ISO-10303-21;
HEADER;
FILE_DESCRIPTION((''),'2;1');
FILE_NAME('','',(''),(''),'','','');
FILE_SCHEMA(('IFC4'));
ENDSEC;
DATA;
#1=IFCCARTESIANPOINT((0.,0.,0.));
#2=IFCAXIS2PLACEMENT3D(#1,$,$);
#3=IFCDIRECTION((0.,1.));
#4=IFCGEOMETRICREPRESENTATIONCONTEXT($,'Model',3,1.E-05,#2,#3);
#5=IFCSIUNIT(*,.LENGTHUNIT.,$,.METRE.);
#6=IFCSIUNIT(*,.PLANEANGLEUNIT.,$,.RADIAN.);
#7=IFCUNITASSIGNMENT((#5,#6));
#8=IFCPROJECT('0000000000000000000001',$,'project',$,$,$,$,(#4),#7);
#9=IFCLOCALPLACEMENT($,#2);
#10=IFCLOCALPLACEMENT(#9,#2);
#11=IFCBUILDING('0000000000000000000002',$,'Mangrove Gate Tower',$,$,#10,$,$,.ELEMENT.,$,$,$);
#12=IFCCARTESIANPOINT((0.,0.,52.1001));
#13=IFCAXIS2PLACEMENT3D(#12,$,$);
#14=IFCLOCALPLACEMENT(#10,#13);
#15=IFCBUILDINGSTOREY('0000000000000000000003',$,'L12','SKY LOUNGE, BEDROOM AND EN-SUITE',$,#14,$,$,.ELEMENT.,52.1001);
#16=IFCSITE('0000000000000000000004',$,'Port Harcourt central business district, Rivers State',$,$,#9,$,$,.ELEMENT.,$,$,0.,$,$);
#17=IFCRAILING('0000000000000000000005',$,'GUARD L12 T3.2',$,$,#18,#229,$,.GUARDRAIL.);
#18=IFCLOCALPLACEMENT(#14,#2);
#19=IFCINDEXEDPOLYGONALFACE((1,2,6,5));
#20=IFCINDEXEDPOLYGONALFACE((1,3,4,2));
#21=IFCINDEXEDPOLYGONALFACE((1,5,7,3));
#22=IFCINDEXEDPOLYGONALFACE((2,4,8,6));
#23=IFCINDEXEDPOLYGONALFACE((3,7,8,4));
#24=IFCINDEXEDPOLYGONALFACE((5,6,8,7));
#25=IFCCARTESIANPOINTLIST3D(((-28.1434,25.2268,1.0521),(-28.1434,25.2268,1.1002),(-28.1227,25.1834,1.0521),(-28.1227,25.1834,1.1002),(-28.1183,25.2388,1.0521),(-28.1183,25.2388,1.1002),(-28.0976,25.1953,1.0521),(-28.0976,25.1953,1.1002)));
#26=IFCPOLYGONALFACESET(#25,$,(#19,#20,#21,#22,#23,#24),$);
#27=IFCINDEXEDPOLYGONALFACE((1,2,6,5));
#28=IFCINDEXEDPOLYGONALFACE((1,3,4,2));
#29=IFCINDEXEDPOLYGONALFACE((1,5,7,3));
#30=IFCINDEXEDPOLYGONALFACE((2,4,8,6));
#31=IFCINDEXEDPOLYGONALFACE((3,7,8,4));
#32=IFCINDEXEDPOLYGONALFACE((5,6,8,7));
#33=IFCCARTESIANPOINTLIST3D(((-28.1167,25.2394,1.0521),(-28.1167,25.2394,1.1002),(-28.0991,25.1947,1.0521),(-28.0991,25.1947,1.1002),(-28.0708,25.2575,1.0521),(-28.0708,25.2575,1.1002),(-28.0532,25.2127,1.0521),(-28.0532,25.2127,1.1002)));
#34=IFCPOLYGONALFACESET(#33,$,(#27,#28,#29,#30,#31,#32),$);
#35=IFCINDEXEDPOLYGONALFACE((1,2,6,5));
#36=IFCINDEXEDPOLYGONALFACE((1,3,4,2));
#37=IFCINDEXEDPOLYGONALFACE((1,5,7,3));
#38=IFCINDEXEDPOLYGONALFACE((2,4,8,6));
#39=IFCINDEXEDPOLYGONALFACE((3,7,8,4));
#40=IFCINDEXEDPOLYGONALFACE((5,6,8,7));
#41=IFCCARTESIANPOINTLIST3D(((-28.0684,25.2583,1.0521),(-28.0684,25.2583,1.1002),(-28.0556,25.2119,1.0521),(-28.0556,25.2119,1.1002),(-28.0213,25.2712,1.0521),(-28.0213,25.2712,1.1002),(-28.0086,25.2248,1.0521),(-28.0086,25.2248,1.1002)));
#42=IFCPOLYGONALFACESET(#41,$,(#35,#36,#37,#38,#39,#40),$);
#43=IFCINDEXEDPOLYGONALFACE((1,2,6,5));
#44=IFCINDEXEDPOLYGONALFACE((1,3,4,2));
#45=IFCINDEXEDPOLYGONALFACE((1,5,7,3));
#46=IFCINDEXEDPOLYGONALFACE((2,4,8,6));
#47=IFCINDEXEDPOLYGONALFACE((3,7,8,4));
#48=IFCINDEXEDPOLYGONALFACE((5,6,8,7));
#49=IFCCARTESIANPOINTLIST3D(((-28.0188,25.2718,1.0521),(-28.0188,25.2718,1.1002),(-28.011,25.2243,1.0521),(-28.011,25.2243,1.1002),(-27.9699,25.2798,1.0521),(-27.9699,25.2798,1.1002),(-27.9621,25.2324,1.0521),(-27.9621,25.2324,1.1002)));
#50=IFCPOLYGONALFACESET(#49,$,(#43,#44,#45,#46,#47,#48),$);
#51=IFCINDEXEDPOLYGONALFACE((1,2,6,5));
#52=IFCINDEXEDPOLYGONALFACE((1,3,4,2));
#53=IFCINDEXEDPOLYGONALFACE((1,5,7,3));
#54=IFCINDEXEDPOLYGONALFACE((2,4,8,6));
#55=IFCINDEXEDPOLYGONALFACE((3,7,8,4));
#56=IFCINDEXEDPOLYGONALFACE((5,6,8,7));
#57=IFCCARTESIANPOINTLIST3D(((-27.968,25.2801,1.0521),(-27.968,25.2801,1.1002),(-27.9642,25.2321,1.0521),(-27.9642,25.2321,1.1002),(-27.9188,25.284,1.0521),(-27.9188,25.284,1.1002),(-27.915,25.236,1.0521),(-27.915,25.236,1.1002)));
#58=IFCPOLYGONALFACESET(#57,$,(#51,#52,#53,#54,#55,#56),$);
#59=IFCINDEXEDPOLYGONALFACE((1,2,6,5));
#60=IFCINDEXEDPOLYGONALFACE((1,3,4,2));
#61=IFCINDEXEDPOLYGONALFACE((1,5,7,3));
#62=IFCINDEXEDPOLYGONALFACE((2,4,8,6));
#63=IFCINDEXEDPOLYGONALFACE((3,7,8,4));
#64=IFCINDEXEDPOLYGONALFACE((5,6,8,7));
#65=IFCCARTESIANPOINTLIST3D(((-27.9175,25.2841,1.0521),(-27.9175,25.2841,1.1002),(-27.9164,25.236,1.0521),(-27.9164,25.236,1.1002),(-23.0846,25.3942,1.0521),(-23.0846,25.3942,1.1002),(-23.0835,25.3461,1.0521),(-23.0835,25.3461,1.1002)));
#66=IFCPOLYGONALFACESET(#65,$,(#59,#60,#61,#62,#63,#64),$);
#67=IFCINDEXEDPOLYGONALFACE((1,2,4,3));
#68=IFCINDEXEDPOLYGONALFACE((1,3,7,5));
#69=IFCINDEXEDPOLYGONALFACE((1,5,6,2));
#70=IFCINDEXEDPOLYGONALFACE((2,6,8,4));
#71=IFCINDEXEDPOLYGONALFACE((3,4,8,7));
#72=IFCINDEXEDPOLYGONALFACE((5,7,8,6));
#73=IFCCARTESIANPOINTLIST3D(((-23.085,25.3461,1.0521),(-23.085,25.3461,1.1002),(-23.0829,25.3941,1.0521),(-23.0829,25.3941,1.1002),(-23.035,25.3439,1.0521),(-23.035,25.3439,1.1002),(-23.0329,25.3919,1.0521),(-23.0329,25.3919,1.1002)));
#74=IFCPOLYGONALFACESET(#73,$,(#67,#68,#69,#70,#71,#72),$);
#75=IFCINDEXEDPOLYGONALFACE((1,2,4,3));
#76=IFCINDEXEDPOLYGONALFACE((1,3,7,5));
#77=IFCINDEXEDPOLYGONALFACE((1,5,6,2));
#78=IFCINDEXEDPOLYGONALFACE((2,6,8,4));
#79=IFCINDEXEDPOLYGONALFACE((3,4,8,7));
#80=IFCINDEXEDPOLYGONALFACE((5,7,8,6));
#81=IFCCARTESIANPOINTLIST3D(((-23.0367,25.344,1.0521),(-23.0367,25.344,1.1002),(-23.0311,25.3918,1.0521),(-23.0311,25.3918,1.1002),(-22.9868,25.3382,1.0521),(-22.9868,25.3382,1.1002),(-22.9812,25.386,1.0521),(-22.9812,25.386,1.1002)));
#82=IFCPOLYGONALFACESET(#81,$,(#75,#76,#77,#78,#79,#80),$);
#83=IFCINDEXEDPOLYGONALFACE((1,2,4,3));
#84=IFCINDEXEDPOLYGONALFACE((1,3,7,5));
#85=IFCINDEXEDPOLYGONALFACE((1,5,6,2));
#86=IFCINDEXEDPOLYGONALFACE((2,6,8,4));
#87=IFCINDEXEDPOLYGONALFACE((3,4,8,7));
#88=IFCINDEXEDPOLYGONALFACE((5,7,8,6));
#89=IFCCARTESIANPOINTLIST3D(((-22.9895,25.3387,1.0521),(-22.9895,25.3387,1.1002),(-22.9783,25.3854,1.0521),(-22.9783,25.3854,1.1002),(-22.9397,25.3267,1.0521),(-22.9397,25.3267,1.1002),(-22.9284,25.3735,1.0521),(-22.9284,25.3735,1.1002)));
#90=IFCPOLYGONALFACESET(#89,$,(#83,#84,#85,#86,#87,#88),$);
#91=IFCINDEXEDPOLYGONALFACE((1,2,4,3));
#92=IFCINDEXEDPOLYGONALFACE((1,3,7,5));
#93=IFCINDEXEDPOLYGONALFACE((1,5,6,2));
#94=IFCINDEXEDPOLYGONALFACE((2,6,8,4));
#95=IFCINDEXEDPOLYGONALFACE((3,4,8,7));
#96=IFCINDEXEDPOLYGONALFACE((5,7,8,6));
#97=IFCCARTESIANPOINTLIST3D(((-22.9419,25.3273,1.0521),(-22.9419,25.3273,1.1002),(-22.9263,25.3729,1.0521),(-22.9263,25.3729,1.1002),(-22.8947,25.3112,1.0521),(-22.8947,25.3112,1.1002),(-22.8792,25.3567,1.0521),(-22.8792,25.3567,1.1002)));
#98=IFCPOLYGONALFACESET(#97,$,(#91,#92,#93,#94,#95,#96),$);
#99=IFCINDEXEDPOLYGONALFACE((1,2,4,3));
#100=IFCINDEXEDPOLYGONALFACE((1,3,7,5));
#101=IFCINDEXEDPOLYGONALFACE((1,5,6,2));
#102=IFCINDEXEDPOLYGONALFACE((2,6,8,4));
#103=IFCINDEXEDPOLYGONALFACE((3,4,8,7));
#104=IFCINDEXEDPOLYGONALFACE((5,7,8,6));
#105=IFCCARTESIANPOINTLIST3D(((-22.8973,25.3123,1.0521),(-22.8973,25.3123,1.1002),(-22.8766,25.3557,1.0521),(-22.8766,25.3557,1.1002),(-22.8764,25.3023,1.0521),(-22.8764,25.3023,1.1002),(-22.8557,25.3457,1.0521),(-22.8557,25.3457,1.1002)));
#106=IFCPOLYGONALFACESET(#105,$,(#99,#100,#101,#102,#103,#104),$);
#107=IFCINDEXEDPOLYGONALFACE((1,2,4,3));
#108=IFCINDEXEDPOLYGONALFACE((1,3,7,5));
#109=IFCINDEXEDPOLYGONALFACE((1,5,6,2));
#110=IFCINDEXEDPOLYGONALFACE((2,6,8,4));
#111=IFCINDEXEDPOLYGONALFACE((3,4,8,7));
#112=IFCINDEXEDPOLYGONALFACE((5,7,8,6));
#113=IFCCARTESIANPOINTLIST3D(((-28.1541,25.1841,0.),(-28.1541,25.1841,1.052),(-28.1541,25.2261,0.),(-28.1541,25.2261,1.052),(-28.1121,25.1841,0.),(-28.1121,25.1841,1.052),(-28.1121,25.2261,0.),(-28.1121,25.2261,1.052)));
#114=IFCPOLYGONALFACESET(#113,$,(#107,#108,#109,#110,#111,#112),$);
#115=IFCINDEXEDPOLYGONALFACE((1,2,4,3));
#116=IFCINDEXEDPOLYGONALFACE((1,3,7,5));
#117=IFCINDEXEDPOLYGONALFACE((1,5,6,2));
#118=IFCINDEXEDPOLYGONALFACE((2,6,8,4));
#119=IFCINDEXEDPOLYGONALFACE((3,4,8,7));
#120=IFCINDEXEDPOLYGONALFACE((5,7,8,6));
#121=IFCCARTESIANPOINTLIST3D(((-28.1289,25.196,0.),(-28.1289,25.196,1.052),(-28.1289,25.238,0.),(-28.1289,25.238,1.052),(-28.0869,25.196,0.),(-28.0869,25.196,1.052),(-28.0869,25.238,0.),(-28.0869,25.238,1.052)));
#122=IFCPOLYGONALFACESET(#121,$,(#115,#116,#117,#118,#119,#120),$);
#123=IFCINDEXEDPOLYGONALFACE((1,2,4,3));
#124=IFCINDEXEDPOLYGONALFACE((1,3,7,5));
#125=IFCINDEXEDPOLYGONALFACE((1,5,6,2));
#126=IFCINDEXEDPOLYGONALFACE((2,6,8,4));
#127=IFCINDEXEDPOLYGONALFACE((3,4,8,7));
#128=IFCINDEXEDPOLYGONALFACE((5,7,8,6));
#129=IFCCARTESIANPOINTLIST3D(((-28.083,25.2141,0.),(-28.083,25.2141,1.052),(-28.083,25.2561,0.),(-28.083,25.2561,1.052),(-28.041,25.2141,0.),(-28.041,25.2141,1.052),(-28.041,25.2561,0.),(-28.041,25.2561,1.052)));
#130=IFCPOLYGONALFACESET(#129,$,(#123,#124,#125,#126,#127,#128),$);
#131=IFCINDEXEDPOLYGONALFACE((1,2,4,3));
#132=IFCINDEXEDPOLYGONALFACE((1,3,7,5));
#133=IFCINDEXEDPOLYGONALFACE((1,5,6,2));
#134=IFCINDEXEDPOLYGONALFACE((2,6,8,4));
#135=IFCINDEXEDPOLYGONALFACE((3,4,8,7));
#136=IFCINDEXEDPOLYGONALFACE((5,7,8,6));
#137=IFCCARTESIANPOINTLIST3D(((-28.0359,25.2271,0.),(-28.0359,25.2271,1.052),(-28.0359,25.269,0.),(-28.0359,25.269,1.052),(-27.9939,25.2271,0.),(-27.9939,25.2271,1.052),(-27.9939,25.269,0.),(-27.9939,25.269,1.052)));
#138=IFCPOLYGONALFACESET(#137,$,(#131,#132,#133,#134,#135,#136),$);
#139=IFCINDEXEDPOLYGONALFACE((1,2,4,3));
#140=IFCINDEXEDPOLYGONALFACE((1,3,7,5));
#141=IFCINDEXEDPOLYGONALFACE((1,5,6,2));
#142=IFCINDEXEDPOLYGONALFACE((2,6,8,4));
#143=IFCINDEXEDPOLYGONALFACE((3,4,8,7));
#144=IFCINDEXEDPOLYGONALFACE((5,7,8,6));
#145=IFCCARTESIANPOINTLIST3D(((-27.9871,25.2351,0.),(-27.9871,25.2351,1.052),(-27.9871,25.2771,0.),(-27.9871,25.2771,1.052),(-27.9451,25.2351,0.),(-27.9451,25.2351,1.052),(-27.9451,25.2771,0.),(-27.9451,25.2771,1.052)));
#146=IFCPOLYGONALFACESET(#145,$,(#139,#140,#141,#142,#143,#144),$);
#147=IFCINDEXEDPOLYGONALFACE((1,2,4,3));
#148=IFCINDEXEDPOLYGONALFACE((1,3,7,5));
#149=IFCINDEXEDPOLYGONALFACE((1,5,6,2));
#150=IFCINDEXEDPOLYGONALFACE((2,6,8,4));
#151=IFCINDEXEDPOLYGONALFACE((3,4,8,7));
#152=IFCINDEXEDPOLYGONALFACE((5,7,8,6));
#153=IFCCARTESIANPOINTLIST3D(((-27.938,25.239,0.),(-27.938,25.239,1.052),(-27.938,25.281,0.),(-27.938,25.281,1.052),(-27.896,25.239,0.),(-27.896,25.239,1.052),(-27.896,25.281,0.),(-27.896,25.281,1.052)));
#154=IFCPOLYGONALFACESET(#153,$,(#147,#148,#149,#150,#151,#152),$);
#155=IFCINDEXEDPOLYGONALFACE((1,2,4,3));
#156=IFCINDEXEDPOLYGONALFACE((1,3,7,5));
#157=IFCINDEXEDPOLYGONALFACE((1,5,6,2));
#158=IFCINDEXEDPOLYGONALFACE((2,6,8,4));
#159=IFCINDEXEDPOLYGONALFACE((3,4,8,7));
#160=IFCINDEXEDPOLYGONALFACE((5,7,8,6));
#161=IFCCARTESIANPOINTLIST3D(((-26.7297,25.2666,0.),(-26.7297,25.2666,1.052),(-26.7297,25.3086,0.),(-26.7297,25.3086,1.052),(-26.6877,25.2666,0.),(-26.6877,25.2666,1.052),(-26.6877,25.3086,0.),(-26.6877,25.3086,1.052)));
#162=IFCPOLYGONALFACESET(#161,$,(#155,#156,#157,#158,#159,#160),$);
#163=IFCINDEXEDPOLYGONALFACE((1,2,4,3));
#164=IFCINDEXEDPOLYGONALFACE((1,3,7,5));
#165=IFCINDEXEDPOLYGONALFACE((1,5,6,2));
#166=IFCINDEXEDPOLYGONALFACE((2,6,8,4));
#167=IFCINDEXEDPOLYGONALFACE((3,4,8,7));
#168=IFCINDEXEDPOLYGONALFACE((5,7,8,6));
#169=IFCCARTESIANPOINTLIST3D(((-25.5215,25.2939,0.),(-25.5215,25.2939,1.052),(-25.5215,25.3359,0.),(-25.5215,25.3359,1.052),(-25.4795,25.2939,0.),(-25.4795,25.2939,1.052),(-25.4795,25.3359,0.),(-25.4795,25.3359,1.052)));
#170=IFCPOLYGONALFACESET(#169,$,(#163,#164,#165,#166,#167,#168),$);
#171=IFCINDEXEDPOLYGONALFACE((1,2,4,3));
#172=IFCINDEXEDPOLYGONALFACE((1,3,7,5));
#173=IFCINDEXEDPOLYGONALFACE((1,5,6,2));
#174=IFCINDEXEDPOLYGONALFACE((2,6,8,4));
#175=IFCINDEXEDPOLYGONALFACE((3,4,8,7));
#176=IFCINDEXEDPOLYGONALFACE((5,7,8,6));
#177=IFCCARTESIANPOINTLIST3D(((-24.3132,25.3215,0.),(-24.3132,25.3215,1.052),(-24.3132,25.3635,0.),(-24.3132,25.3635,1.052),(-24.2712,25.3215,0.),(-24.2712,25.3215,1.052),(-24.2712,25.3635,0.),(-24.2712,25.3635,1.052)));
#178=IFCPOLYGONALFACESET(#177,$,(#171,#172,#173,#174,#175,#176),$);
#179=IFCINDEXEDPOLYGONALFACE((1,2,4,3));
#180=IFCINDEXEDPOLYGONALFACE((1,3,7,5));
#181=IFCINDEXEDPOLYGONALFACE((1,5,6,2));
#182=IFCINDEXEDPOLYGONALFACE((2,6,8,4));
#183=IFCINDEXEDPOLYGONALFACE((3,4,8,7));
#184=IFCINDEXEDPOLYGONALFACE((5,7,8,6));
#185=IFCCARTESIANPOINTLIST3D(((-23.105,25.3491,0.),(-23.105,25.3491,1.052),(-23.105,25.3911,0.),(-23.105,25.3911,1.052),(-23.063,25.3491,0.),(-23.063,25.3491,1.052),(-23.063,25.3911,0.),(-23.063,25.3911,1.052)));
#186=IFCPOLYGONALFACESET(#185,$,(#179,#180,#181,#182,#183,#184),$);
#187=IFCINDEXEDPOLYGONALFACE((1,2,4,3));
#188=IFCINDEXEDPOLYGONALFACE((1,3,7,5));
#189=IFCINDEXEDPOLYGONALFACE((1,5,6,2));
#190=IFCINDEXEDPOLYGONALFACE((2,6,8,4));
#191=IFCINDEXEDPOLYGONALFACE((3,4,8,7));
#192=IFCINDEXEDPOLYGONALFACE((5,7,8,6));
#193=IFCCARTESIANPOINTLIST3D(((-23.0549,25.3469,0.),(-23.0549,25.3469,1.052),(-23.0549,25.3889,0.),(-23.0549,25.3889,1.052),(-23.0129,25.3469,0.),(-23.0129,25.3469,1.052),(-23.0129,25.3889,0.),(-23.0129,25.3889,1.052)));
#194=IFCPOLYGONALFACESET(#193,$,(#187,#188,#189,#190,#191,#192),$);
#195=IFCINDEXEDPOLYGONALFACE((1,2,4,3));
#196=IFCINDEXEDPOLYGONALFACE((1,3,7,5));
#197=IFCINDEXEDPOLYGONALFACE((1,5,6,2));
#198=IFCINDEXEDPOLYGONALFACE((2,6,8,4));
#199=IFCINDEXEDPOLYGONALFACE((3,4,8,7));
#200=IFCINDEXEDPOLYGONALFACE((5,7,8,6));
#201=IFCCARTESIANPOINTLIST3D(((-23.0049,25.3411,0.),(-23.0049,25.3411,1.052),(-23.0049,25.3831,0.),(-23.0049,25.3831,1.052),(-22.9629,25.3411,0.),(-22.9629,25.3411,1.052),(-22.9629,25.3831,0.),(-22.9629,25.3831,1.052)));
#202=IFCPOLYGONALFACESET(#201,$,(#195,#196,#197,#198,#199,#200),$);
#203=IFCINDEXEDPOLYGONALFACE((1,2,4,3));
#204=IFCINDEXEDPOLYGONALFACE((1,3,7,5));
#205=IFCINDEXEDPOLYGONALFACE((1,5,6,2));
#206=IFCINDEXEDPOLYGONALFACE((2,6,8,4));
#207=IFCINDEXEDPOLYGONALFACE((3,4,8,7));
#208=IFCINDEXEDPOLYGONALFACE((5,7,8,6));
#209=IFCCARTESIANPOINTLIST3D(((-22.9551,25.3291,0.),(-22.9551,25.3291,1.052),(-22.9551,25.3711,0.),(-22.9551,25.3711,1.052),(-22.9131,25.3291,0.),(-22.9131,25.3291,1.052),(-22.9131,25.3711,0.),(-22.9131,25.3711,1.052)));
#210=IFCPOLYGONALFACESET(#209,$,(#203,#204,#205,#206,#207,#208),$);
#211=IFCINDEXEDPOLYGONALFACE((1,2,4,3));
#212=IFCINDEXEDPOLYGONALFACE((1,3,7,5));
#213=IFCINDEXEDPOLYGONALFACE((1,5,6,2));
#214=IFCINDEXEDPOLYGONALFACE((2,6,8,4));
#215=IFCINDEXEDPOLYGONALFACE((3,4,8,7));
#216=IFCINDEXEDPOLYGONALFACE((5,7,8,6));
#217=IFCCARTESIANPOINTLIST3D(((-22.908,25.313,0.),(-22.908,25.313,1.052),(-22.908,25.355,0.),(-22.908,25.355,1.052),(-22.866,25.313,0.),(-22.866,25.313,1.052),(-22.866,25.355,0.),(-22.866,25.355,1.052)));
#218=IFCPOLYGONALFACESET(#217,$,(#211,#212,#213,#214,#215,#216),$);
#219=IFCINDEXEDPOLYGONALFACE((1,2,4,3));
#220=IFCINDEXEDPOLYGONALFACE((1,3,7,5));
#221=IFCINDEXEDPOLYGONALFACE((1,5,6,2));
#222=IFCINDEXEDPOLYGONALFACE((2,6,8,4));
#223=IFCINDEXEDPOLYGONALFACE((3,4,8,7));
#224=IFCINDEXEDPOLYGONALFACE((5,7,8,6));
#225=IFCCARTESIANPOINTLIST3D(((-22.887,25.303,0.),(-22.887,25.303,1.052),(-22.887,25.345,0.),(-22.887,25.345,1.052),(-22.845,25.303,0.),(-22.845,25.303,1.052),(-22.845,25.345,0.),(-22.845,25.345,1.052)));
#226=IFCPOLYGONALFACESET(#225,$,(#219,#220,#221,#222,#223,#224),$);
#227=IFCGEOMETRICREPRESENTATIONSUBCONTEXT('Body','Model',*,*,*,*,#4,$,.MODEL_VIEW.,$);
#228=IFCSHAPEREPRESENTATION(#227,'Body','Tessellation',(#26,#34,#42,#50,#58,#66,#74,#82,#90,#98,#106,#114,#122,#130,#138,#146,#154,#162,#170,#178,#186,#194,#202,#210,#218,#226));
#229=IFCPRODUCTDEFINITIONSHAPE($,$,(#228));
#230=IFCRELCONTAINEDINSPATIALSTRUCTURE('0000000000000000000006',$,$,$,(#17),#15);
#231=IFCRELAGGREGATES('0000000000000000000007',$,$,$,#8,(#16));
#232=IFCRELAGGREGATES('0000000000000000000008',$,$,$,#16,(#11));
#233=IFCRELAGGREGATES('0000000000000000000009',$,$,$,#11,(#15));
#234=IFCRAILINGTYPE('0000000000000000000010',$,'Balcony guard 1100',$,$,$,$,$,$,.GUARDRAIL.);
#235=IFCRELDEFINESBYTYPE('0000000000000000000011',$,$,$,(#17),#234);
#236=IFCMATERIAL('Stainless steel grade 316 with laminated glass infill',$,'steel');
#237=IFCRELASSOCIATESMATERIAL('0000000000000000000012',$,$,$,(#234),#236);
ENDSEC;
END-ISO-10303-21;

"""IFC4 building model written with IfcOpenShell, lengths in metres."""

from ifc_helpers import new_model, si_unit, direction, frame, origin, origin_2d, place, context, subcontext, project, spatial, rectangle, extrude, material, type_object, element, save


model = new_model("IFC4")

# Units and contexts
model_context = context("Model", 3, precision=1e-05, world=origin(), true_north=direction((0.0, 1.0)))
body_context = subcontext(model_context, "Body", "Model", "MODEL_VIEW")
ifc_project = project(units=[si_unit("LENGTHUNIT", "METRE"), si_unit("PLANEANGLEUNIT", "RADIAN")], contexts=[model_context])

# Site, building, storey
site_placement = place(None, origin())
site = spatial("IfcSite", under=ifc_project, at=site_placement, Name="Port Harcourt central business district, Rivers State", CompositionType="ELEMENT", RefElevation=0.0)
building_placement = place(site_placement, origin())
building = spatial("IfcBuilding", under=site, at=building_placement, Name="Mangrove Gate Tower", CompositionType="ELEMENT")
storey_placement = place(building_placement, frame((0.0, 0.0, 52.1001)))
storey = spatial("IfcBuildingStorey", under=building, at=storey_placement, Name="L12", Description="SKY LOUNGE, BEDROOM AND EN-SUITE", CompositionType="ELEMENT", Elevation=52.1001)

# Railing
ifc_material_1 = material(Name="Stainless steel grade 316 with laminated glass infill", Category="steel")
railing_type = type_object("IfcRailingType", Name="Balcony guard 1100", PredefinedType="GUARDRAIL", material=ifc_material_1)
railing_1_placement = place(storey_placement, frame((-28.1331, 25.2051, 0.0)))
element("IfcRailing", 1, at=railing_1_placement, inside=storey, type_object=railing_type, Name="GUARD L12 T3.2", PredefinedType="GUARDRAIL", context=body_context, shape_type="SweptSolid", body=[
    extrude(rectangle(XDim=0.0481, YDim=0.0481, at=origin_2d()), frame((0.0, 0.0, 1.0762), z_axis=(0.903023, 0.429593, 0.0), x_axis=(-0.429593, 0.903023, 0.0)), (0.0, 0.0, 1.0), 0.0278),
    extrude(rectangle(XDim=0.0481, YDim=0.0481, at=origin_2d()), frame((0.0251, 0.012, 1.0762), z_axis=(0.930511, 0.366265, 0.0), x_axis=(-0.366265, 0.930511, 0.0)), (0.0, 0.0, 1.0), 0.0493),
    extrude(rectangle(XDim=0.0481, YDim=0.0481, at=origin_2d()), frame((0.071, 0.03, 1.0762), z_axis=(0.964301, 0.264808, 0.0), x_axis=(-0.264808, 0.964301, 0.0)), (0.0, 0.0, 1.0), 0.0488),
    extrude(rectangle(XDim=0.0481, YDim=0.0481, at=origin_2d()), frame((0.1182, 0.043, 1.0762), z_axis=(0.986659, 0.162799, 0.0), x_axis=(-0.162799, 0.986659, 0.0)), (0.0, 0.0, 1.0), 0.0496),
    extrude(rectangle(XDim=0.0481, YDim=0.0481, at=origin_2d()), frame((0.167, 0.051, 1.0762), z_axis=(0.996847, 0.079351, 0.0), x_axis=(-0.079351, 0.996847, 0.0)), (0.0, 0.0, 1.0), 0.0493),
    extrude(rectangle(XDim=0.0481, YDim=0.0481, at=origin_2d()), frame((0.2161, 0.0549, 1.0762), z_axis=(0.999741, 0.022776, 0.0), x_axis=(-0.022776, 0.999741, 0.0)), (0.0, 0.0, 1.0), 4.8342),
    extrude(rectangle(XDim=0.0481, YDim=0.0481, at=origin_2d()), frame((5.0491, 0.165, 1.0762), z_axis=(0.999038, -0.04386, 0.0), x_axis=(0.04386, 0.999038, 0.0)), (0.0, 0.0, 1.0), 0.05),
    extrude(rectangle(XDim=0.0481, YDim=0.0481, at=origin_2d()), frame((5.0991, 0.1628, 1.0762), z_axis=(0.993217, -0.116279, 0.0), x_axis=(0.116279, 0.993217, 0.0)), (0.0, 0.0, 1.0), 0.0503),
    extrude(rectangle(XDim=0.0481, YDim=0.0481, at=origin_2d()), frame((5.1492, 0.157, 1.0762), z_axis=(0.972344, -0.233553, 0.0), x_axis=(0.233553, 0.972344, 0.0)), (0.0, 0.0, 1.0), 0.0513),
    extrude(rectangle(XDim=0.0481, YDim=0.0481, at=origin_2d()), frame((5.199, 0.145, 1.0762), z_axis=(0.946203, -0.323572, 0.0), x_axis=(0.323572, 0.946203, 0.0)), (0.0, 0.0, 1.0), 0.0498),
    extrude(rectangle(XDim=0.0481, YDim=0.0481, at=origin_2d()), frame((5.2461, 0.1289, 1.0762), z_axis=(0.902666, -0.430341, 0.0), x_axis=(0.430341, 0.902666, 0.0)), (0.0, 0.0, 1.0), 0.0232),
    extrude(rectangle(XDim=0.042, YDim=0.042, at=origin_2d()), origin(), (0.0, 0.0, 1.0), 1.052),
    extrude(rectangle(XDim=0.042, YDim=0.042, at=origin_2d()), frame((0.0251, 0.012, 0.0)), (0.0, 0.0, 1.0), 1.052),
    extrude(rectangle(XDim=0.042, YDim=0.042, at=origin_2d()), frame((0.071, 0.03, 0.0)), (0.0, 0.0, 1.0), 1.052),
    extrude(rectangle(XDim=0.042, YDim=0.042, at=origin_2d()), frame((0.1182, 0.043, 0.0)), (0.0, 0.0, 1.0), 1.052),
    extrude(rectangle(XDim=0.042, YDim=0.042, at=origin_2d()), frame((0.167, 0.051, 0.0)), (0.0, 0.0, 1.0), 1.052),
    extrude(rectangle(XDim=0.042, YDim=0.042, at=origin_2d()), frame((0.2161, 0.0549, 0.0)), (0.0, 0.0, 1.0), 1.052),
    extrude(rectangle(XDim=0.042, YDim=0.042, at=origin_2d()), frame((1.4243, 0.0825, 0.0)), (0.0, 0.0, 1.0), 1.052),
    extrude(rectangle(XDim=0.042, YDim=0.042, at=origin_2d()), frame((2.6326, 0.1099, 0.0)), (0.0, 0.0, 1.0), 1.052),
    extrude(rectangle(XDim=0.042, YDim=0.042, at=origin_2d()), frame((3.8408, 0.1375, 0.0)), (0.0, 0.0, 1.0), 1.052),
    extrude(rectangle(XDim=0.042, YDim=0.042, at=origin_2d()), frame((5.0491, 0.165, 0.0)), (0.0, 0.0, 1.0), 1.052),
    extrude(rectangle(XDim=0.042, YDim=0.042, at=origin_2d()), frame((5.0991, 0.1628, 0.0)), (0.0, 0.0, 1.0), 1.052),
    extrude(rectangle(XDim=0.042, YDim=0.042, at=origin_2d()), frame((5.1492, 0.157, 0.0)), (0.0, 0.0, 1.0), 1.052),
    extrude(rectangle(XDim=0.042, YDim=0.042, at=origin_2d()), frame((5.199, 0.145, 0.0)), (0.0, 0.0, 1.0), 1.052),
    extrude(rectangle(XDim=0.042, YDim=0.042, at=origin_2d()), frame((5.2461, 0.1289, 0.0)), (0.0, 0.0, 1.0), 1.052),
    extrude(rectangle(XDim=0.042, YDim=0.042, at=origin_2d()), frame((5.2671, 0.1189, 0.0)), (0.0, 0.0, 1.0), 1.052),
])

save(model, "model.ifc")
